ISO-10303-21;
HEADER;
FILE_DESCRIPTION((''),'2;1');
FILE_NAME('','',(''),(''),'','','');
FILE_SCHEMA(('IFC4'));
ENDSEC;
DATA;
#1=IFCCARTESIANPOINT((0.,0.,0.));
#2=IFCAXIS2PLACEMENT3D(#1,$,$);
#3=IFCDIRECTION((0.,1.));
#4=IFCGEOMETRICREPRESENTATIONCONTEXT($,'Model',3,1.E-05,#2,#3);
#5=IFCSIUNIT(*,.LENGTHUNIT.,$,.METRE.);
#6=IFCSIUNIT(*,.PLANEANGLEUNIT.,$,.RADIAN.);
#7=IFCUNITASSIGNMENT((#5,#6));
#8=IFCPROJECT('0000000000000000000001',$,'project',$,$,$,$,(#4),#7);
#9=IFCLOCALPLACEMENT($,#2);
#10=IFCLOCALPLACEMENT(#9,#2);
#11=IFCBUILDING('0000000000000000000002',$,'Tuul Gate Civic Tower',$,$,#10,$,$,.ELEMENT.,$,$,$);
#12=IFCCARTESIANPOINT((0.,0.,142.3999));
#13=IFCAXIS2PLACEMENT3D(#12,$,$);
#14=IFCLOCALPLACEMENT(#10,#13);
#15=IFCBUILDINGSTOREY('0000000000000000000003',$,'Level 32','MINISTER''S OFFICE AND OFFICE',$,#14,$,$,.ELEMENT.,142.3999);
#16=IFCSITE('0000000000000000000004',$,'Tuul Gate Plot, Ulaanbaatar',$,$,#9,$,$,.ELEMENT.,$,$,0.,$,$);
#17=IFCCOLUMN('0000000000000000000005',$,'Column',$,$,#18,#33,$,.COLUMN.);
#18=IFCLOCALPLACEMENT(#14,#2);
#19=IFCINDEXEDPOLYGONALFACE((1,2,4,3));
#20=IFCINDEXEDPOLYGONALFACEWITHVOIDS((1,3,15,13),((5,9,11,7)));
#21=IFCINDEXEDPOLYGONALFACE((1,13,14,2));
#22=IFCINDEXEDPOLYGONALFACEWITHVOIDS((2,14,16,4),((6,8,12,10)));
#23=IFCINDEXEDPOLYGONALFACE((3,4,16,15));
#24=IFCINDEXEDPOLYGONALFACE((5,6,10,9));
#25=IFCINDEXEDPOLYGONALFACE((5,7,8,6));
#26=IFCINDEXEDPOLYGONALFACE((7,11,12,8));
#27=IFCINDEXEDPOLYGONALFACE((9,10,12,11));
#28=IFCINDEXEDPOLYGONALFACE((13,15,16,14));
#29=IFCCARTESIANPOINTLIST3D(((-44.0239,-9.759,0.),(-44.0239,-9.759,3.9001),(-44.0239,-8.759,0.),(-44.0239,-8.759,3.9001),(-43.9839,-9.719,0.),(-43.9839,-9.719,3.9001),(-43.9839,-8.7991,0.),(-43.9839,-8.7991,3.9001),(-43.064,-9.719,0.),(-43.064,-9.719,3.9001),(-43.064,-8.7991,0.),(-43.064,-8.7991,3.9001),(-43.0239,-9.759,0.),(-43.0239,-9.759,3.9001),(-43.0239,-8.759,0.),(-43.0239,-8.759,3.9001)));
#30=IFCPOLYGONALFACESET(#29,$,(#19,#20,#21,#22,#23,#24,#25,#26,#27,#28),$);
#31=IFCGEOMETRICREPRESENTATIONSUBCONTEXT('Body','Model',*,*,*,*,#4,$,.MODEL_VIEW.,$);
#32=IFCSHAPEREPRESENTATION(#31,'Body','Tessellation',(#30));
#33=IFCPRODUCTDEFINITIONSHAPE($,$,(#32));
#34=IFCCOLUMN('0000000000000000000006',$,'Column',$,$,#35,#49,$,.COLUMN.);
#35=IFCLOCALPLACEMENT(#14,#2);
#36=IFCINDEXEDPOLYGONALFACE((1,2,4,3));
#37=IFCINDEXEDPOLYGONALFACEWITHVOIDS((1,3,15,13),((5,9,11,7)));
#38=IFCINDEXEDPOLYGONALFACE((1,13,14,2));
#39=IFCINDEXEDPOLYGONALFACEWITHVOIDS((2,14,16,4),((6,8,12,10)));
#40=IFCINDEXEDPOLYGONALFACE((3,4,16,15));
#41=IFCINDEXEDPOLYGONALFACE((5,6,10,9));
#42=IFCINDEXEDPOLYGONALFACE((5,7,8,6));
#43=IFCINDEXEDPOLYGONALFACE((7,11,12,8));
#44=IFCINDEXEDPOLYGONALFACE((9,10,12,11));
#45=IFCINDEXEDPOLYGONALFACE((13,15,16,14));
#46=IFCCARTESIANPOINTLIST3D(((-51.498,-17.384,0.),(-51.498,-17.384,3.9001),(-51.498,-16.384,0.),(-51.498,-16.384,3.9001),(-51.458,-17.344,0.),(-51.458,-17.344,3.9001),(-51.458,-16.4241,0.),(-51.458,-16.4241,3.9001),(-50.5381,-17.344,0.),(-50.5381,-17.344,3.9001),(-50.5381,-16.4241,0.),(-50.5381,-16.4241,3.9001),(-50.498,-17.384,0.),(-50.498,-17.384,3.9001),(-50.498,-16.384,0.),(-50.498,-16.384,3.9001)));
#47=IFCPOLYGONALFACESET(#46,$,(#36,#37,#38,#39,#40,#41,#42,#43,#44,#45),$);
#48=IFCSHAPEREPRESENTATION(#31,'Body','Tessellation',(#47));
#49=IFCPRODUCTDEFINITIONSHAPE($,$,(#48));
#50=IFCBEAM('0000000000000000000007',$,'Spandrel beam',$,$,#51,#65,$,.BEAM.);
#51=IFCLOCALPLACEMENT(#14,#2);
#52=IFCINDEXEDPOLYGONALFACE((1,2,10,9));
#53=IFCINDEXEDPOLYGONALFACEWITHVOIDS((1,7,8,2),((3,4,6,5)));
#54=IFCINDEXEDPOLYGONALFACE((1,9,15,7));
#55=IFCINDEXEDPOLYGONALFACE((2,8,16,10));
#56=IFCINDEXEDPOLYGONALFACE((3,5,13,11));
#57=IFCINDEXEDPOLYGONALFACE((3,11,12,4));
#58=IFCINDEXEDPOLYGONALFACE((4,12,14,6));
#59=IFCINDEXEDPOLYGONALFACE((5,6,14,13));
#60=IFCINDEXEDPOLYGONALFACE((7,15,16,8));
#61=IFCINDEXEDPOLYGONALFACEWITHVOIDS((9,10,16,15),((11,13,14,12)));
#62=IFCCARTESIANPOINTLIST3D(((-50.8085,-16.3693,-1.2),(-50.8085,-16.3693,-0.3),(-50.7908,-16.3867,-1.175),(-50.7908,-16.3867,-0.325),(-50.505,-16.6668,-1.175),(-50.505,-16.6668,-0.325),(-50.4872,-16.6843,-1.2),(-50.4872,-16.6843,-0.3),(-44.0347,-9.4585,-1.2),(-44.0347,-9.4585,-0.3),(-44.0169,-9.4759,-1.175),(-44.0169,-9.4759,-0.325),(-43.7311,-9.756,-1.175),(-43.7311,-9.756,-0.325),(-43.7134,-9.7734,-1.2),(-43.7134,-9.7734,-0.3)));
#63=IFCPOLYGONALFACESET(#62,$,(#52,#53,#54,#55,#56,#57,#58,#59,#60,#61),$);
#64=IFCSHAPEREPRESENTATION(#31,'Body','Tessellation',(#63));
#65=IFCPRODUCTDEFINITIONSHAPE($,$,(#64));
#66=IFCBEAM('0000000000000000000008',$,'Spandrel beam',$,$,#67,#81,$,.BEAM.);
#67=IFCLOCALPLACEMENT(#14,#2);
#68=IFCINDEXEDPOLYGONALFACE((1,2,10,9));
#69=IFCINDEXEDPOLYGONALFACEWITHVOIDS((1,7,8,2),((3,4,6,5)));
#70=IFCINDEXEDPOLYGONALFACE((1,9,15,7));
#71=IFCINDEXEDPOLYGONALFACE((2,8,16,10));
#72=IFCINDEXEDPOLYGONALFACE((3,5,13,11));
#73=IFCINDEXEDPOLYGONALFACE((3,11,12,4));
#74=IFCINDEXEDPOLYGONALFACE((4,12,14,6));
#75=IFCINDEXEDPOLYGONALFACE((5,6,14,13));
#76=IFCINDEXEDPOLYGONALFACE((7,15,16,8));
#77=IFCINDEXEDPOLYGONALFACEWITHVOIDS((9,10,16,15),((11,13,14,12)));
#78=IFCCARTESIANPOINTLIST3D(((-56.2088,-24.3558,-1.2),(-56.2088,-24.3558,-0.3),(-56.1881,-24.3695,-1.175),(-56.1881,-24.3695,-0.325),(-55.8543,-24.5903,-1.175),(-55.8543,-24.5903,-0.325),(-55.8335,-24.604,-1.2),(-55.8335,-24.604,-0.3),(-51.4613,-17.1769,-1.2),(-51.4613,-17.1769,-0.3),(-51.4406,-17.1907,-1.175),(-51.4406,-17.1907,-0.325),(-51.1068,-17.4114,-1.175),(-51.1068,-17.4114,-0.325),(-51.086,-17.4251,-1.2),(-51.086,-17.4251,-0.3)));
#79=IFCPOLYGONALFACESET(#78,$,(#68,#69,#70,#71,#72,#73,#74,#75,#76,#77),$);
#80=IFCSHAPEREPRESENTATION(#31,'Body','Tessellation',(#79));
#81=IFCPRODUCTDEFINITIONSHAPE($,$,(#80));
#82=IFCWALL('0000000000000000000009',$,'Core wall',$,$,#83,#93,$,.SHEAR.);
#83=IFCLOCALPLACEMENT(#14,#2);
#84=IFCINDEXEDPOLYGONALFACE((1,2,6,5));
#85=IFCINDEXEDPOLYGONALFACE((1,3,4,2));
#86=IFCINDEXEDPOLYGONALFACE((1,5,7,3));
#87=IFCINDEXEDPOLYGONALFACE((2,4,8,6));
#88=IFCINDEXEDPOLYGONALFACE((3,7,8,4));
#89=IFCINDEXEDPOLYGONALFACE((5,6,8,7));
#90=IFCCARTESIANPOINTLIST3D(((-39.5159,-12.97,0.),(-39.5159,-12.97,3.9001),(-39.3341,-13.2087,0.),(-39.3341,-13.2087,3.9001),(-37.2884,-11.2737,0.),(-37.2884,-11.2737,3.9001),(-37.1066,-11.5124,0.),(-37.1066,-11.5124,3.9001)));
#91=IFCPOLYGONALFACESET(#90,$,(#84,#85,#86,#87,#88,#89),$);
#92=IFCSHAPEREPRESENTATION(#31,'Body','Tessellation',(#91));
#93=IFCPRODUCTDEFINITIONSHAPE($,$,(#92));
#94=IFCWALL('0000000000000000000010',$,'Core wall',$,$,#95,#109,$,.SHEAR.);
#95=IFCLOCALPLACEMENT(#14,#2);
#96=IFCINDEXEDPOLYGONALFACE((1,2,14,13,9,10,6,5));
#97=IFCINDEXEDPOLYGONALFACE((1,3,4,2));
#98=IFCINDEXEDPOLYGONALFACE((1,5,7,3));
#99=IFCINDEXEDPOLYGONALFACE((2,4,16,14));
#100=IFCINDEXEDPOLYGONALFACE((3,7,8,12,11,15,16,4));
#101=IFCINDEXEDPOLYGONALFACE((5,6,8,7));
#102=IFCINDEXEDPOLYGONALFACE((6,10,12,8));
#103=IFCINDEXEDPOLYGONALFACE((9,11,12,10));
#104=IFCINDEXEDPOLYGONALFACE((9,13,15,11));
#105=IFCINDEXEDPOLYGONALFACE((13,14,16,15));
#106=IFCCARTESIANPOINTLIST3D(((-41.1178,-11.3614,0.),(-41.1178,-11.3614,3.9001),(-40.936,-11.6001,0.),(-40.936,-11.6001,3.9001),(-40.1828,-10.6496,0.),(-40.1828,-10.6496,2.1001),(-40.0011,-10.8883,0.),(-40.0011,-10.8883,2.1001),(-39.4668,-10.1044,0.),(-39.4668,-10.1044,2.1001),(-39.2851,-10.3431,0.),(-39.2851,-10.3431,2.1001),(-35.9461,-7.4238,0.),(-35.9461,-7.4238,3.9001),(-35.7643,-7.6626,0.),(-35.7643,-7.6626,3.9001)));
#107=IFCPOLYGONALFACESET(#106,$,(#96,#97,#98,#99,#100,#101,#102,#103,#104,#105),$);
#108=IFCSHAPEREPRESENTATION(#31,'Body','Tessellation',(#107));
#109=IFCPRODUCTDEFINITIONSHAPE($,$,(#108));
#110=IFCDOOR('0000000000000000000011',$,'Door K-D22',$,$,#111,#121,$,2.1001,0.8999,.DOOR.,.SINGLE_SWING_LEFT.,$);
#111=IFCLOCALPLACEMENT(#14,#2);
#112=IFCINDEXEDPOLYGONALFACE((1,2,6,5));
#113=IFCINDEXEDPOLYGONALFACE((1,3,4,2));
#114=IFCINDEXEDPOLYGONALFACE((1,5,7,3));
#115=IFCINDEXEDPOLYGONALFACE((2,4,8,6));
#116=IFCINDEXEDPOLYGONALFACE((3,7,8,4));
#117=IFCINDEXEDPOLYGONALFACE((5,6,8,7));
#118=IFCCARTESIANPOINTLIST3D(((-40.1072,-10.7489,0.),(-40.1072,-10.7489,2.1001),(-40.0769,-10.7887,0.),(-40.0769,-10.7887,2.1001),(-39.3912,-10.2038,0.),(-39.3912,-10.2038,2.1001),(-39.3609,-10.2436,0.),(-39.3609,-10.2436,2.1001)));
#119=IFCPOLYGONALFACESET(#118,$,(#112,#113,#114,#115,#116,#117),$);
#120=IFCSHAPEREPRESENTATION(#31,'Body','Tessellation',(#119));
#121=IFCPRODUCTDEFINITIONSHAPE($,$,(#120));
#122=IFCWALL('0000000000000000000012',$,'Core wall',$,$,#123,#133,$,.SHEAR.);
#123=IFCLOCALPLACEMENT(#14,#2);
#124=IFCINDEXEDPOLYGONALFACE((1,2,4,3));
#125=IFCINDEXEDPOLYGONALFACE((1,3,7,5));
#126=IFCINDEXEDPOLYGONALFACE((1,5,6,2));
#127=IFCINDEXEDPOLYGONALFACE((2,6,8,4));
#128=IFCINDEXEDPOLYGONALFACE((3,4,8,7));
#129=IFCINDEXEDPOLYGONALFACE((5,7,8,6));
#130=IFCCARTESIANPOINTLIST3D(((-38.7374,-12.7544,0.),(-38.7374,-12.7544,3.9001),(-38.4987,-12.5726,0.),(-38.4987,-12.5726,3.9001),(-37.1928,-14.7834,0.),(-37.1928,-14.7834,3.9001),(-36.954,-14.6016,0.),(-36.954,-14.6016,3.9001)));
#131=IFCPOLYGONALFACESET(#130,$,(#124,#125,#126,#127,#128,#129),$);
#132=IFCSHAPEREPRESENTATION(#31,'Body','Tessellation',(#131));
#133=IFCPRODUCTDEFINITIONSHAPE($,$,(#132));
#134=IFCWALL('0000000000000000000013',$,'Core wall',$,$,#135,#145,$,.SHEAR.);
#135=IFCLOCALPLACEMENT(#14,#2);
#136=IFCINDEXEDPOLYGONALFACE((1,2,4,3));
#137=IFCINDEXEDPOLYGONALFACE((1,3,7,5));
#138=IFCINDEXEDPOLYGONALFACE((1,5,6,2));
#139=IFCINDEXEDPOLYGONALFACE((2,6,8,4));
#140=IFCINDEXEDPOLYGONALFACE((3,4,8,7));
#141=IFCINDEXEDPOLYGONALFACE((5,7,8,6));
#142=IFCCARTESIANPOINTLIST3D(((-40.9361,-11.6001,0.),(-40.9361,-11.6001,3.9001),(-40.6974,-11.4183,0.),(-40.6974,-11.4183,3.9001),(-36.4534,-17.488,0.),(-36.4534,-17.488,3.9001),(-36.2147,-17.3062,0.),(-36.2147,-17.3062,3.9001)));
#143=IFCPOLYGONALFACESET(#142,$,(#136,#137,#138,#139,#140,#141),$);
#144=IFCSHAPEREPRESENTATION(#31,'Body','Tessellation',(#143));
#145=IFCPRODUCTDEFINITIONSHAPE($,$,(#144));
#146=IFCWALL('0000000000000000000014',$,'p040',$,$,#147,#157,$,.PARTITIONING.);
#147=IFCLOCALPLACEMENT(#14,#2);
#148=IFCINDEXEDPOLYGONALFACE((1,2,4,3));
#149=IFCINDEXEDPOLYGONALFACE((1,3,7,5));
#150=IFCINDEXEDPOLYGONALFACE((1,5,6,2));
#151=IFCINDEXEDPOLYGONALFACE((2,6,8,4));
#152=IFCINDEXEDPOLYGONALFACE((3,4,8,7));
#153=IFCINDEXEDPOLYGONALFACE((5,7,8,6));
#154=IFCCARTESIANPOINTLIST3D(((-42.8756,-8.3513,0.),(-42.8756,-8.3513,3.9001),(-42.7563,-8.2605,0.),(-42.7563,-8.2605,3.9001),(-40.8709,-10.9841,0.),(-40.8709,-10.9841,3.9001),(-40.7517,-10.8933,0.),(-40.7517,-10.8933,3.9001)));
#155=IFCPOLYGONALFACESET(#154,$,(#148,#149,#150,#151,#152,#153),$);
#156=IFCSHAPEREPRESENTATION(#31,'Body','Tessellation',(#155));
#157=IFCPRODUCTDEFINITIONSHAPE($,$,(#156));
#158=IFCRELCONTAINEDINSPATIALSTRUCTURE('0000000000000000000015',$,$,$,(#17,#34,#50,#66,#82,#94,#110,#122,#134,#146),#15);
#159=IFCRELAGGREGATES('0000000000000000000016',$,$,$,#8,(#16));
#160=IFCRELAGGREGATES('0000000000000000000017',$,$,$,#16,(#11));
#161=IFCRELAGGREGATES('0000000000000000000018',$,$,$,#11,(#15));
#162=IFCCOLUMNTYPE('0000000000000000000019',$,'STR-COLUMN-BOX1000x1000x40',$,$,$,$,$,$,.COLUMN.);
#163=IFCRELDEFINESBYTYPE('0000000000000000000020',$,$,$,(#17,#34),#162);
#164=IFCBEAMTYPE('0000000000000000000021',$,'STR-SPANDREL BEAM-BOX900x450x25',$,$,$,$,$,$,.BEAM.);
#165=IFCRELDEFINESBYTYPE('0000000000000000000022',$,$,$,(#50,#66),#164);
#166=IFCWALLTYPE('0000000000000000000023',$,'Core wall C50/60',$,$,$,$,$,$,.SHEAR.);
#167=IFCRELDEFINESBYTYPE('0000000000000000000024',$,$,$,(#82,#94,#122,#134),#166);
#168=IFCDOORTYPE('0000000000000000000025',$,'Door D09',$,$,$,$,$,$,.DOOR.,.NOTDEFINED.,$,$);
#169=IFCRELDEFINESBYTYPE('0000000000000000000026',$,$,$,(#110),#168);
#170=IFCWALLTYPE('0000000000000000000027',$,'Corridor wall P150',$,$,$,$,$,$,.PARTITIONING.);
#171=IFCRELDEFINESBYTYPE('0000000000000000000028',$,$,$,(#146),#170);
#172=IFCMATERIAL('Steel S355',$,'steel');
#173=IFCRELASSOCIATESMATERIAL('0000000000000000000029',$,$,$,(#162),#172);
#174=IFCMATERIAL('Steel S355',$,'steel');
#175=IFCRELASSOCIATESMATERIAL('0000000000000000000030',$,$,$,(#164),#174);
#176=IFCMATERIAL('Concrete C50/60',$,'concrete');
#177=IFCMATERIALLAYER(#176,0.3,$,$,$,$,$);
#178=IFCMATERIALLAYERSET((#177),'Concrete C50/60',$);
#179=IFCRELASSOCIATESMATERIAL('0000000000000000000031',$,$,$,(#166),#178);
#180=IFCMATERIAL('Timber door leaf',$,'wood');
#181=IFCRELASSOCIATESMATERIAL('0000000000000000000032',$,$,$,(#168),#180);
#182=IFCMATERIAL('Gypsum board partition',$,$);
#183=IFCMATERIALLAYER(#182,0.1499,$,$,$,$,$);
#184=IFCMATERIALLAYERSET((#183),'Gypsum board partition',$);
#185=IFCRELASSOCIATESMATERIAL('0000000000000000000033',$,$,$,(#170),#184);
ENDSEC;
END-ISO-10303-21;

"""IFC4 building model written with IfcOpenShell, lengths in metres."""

from ifc_helpers import new_model, si_unit, direction, frame, frame_2d, origin, origin_2d, place, context, subcontext, project, spatial, rectangle, hollow_rectangle, extrude, material, layer, layer_set, material_profile, profile_set, type_object, element, fill, save


model = new_model("IFC4")

# Units and contexts
model_context = context("Model", 3, precision=1e-05, world=origin(), true_north=direction((0.0, 1.0)))
body_context = subcontext(model_context, "Body", "Model", "MODEL_VIEW")
ifc_project = project(units=[si_unit("LENGTHUNIT", "METRE"), si_unit("PLANEANGLEUNIT", "RADIAN")], contexts=[model_context])

# Site, building, storey
site_placement = place(None, origin())
site = spatial("IfcSite", under=ifc_project, at=site_placement, Name="Tuul Gate Plot, Ulaanbaatar", CompositionType="ELEMENT", RefElevation=0.0)
building_placement = place(site_placement, origin())
building = spatial("IfcBuilding", under=site, at=building_placement, Name="Tuul Gate Civic Tower", CompositionType="ELEMENT")
storey_placement = place(building_placement, frame((0.0, 0.0, 142.3999)))
storey = spatial("IfcBuildingStorey", under=building, at=storey_placement, Name="Level 32", Description="MINISTER'S OFFICE AND OFFICE", CompositionType="ELEMENT", Elevation=142.3999)

# Columns
ifc_material_1 = material(Name="Steel S355", Category="steel")
ifc_material_profile_1 = material_profile(ifc_material_1, hollow_rectangle(XDim=1.0, YDim=1.0, WallThickness=0.04, at=origin_2d()), Name="BOX1000x1000x40")
ifc_profile_set_1 = profile_set([ifc_material_profile_1], Name="Steel S355")
column_type = type_object("IfcColumnType", Name="STR-COLUMN-BOX1000x1000x40", PredefinedType="COLUMN", material=ifc_profile_set_1)
for number, where, z_axis, x_axis, name in (
    (1, (-43.5239, -9.259, 0.0), (0.0, 0.0, 1.0), (1.0, 0.0, 0.0), "Column"),
    (2, (-50.998, -16.884, 0.0), (0.0, 0.0, 1.0), (1.0, 0.0, 0.0), "Column"),
):
    element("IfcColumn", number, at=place(storey_placement, frame(where, z_axis=z_axis, x_axis=x_axis)), inside=storey, type_object=column_type, Name=name, PredefinedType="COLUMN", context=body_context, shape_type="SweptSolid", body=[
        extrude(hollow_rectangle(XDim=1.0, YDim=1.0, WallThickness=0.04, at=origin_2d()), origin(), (0.0, 0.0, 1.0), 3.9001),
    ])

# Beams
ifc_material_2 = material(Name="Steel S355", Category="steel")
ifc_material_profile_2 = material_profile(ifc_material_2, hollow_rectangle(XDim=0.45, YDim=0.8999, WallThickness=0.0249, at=origin_2d()), Name="BOX900x450x25")
ifc_profile_set_2 = profile_set([ifc_material_profile_2], Name="Steel S355")
beam_type = type_object("IfcBeamType", Name="STR-SPANDREL BEAM-BOX900x450x25", PredefinedType="BEAM", material=ifc_profile_set_2)
beam_1_placement = place(storey_placement, frame((-43.874, -9.616, -0.75), z_axis=(-0.699995, -0.714148, 0.0), x_axis=(0.714148, -0.699995, 0.0)))
element("IfcBeam", 3, at=beam_1_placement, inside=storey, type_object=beam_type, Name="Spandrel beam", PredefinedType="BEAM", context=body_context, shape_type="SweptSolid", body=[
    extrude(hollow_rectangle(XDim=0.45, YDim=0.8999, WallThickness=0.0249, at=origin_2d()), origin(), (0.0, 0.0, 1.0), 9.677),
])
beam_2_placement = place(storey_placement, frame((-51.2737, -17.301, -0.75), z_axis=(-0.551607, -0.834104, 0.0), x_axis=(0.834104, -0.551607, 0.0)))
element("IfcBeam", 4, at=beam_2_placement, inside=storey, type_object=beam_type, Name="Spandrel beam", PredefinedType="BEAM", context=body_context, shape_type="SweptSolid", body=[
    extrude(hollow_rectangle(XDim=0.45, YDim=0.8999, WallThickness=0.0249, at=origin_2d()), origin(), (0.0, 0.0, 1.0), 8.6067),
])

# Wall
ifc_material_3 = material(Name="Concrete C50/60", Category="concrete")
ifc_layer_1 = layer(ifc_material_3, 0.3)
ifc_layer_set_1 = layer_set([ifc_layer_1], Name="Concrete C50/60")
wall_type_1 = type_object("IfcWallType", Name="Core wall C50/60", PredefinedType="SHEAR", material=ifc_layer_set_1)
wall_1_placement = place(storey_placement, frame((-37.1975, -11.3931, 0.0), z_axis=(0.0, 0.0, 1.0), x_axis=(-0.795584, -0.605844, 0.0)))
element("IfcWall", 5, at=wall_1_placement, inside=storey, type_object=wall_type_1, Name="Core wall", PredefinedType="SHEAR", context=body_context, shape_type="SweptSolid", body=[
    extrude(rectangle(XDim=2.7998, YDim=0.3, at=frame_2d((1.3999, 0.0))), origin(), (0.0, 0.0, 1.0), 3.9001),
])

# Wall, opening, door
wall_2_placement = place(storey_placement, frame((-35.8552, -7.5432, 0.0), z_axis=(0.0, 0.0, 1.0), x_axis=(-0.795639, -0.605772, 0.0)))
wall_2 = element("IfcWall", 6, at=wall_2_placement, inside=storey, type_object=wall_type_1, Name="Core wall", PredefinedType="SHEAR", context=body_context, shape_type="SweptSolid", body=[
    extrude(rectangle(XDim=6.5, YDim=0.3, at=frame_2d((3.25, 0.0))), origin(), (0.0, 0.0, 1.0), 3.9001),
])
opening_1_placement = place(wall_2_placement, frame((4.425, 0.0, 0.0)))
opening_1 = element("IfcOpeningElement", 7, at=opening_1_placement, cuts=wall_2, PredefinedType="OPENING", context=body_context, shape_type="SweptSolid", body=[
    extrude(rectangle(XDim=0.8999, YDim=2.1001, at=frame_2d((0.45, 1.05))), frame((0.0, 0.1602, 0.0), z_axis=(0.0, -1.0, 0.0), x_axis=(1.0, 0.0, 0.0)), (0.0, 0.0, 1.0), 0.3201),
])
ifc_material_4 = material(Name="Timber door leaf", Category="wood")
door_type = type_object("IfcDoorType", Name="Door D09", OperationType="NOTDEFINED", PredefinedType="DOOR", material=ifc_material_4)
door_placement = place(opening_1_placement, origin())
door = element("IfcDoor", 8, at=door_placement, inside=storey, type_object=door_type, Name="Door K-D22", OperationType="SINGLE_SWING_LEFT", OverallHeight=2.1001, OverallWidth=0.8999, PredefinedType="DOOR", context=body_context, shape_type="SweptSolid", body=[
    extrude(rectangle(XDim=0.8999, YDim=2.1001, at=frame_2d((0.45, 1.05))), frame((0.0, 0.0249, 0.0), z_axis=(0.0, -1.0, 0.0), x_axis=(1.0, 0.0, 0.0)), (0.0, 0.0, 1.0), 0.05),
])
fill(opening_1, door)

# Walls
wall_3_placement = place(storey_placement, frame((-37.0735, -14.6924, 0.0), z_axis=(0.0, 0.0, 1.0), x_axis=(-0.605729, 0.795671, 0.0)))
element("IfcWall", 9, at=wall_3_placement, inside=storey, type_object=wall_type_1, Name="Core wall", PredefinedType="SHEAR", context=body_context, shape_type="SweptSolid", body=[
    extrude(rectangle(XDim=2.55, YDim=0.3, at=frame_2d((1.2749, 0.0))), origin(), (0.0, 0.0, 1.0), 3.9001),
])
wall_4_placement = place(storey_placement, frame((-36.334, -17.3972, 0.0), z_axis=(0.0, 0.0, 1.0), x_axis=(-0.605754, 0.795652, 0.0)))
element("IfcWall", 10, at=wall_4_placement, inside=storey, type_object=wall_type_1, Name="Core wall", PredefinedType="SHEAR", context=body_context, shape_type="SweptSolid", body=[
    extrude(rectangle(XDim=7.4001, YDim=0.3, at=frame_2d((3.7002, 0.0))), origin(), (0.0, 0.0, 1.0), 3.9001),
])
ifc_material_5 = material(Name="Gypsum board partition")
ifc_layer_2 = layer(ifc_material_5, 0.1499)
ifc_layer_set_2 = layer_set([ifc_layer_2], Name="Gypsum board partition")
wall_type_2 = type_object("IfcWallType", Name="Corridor wall P150", PredefinedType="PARTITIONING", material=ifc_layer_set_2)
wall_5_placement = place(storey_placement, frame((-42.8159, -8.3059, 0.0), z_axis=(0.0, 0.0, 1.0), x_axis=(0.605792, -0.795623, 0.0)))
element("IfcWall", 11, at=wall_5_placement, inside=storey, type_object=wall_type_2, Name="p040", PredefinedType="PARTITIONING", context=body_context, shape_type="SweptSolid", body=[
    extrude(rectangle(XDim=3.3091, YDim=0.1499, at=frame_2d((1.6545, 0.0))), origin(), (0.0, 0.0, 1.0), 3.9001),
])

save(model, "model.ifc")
